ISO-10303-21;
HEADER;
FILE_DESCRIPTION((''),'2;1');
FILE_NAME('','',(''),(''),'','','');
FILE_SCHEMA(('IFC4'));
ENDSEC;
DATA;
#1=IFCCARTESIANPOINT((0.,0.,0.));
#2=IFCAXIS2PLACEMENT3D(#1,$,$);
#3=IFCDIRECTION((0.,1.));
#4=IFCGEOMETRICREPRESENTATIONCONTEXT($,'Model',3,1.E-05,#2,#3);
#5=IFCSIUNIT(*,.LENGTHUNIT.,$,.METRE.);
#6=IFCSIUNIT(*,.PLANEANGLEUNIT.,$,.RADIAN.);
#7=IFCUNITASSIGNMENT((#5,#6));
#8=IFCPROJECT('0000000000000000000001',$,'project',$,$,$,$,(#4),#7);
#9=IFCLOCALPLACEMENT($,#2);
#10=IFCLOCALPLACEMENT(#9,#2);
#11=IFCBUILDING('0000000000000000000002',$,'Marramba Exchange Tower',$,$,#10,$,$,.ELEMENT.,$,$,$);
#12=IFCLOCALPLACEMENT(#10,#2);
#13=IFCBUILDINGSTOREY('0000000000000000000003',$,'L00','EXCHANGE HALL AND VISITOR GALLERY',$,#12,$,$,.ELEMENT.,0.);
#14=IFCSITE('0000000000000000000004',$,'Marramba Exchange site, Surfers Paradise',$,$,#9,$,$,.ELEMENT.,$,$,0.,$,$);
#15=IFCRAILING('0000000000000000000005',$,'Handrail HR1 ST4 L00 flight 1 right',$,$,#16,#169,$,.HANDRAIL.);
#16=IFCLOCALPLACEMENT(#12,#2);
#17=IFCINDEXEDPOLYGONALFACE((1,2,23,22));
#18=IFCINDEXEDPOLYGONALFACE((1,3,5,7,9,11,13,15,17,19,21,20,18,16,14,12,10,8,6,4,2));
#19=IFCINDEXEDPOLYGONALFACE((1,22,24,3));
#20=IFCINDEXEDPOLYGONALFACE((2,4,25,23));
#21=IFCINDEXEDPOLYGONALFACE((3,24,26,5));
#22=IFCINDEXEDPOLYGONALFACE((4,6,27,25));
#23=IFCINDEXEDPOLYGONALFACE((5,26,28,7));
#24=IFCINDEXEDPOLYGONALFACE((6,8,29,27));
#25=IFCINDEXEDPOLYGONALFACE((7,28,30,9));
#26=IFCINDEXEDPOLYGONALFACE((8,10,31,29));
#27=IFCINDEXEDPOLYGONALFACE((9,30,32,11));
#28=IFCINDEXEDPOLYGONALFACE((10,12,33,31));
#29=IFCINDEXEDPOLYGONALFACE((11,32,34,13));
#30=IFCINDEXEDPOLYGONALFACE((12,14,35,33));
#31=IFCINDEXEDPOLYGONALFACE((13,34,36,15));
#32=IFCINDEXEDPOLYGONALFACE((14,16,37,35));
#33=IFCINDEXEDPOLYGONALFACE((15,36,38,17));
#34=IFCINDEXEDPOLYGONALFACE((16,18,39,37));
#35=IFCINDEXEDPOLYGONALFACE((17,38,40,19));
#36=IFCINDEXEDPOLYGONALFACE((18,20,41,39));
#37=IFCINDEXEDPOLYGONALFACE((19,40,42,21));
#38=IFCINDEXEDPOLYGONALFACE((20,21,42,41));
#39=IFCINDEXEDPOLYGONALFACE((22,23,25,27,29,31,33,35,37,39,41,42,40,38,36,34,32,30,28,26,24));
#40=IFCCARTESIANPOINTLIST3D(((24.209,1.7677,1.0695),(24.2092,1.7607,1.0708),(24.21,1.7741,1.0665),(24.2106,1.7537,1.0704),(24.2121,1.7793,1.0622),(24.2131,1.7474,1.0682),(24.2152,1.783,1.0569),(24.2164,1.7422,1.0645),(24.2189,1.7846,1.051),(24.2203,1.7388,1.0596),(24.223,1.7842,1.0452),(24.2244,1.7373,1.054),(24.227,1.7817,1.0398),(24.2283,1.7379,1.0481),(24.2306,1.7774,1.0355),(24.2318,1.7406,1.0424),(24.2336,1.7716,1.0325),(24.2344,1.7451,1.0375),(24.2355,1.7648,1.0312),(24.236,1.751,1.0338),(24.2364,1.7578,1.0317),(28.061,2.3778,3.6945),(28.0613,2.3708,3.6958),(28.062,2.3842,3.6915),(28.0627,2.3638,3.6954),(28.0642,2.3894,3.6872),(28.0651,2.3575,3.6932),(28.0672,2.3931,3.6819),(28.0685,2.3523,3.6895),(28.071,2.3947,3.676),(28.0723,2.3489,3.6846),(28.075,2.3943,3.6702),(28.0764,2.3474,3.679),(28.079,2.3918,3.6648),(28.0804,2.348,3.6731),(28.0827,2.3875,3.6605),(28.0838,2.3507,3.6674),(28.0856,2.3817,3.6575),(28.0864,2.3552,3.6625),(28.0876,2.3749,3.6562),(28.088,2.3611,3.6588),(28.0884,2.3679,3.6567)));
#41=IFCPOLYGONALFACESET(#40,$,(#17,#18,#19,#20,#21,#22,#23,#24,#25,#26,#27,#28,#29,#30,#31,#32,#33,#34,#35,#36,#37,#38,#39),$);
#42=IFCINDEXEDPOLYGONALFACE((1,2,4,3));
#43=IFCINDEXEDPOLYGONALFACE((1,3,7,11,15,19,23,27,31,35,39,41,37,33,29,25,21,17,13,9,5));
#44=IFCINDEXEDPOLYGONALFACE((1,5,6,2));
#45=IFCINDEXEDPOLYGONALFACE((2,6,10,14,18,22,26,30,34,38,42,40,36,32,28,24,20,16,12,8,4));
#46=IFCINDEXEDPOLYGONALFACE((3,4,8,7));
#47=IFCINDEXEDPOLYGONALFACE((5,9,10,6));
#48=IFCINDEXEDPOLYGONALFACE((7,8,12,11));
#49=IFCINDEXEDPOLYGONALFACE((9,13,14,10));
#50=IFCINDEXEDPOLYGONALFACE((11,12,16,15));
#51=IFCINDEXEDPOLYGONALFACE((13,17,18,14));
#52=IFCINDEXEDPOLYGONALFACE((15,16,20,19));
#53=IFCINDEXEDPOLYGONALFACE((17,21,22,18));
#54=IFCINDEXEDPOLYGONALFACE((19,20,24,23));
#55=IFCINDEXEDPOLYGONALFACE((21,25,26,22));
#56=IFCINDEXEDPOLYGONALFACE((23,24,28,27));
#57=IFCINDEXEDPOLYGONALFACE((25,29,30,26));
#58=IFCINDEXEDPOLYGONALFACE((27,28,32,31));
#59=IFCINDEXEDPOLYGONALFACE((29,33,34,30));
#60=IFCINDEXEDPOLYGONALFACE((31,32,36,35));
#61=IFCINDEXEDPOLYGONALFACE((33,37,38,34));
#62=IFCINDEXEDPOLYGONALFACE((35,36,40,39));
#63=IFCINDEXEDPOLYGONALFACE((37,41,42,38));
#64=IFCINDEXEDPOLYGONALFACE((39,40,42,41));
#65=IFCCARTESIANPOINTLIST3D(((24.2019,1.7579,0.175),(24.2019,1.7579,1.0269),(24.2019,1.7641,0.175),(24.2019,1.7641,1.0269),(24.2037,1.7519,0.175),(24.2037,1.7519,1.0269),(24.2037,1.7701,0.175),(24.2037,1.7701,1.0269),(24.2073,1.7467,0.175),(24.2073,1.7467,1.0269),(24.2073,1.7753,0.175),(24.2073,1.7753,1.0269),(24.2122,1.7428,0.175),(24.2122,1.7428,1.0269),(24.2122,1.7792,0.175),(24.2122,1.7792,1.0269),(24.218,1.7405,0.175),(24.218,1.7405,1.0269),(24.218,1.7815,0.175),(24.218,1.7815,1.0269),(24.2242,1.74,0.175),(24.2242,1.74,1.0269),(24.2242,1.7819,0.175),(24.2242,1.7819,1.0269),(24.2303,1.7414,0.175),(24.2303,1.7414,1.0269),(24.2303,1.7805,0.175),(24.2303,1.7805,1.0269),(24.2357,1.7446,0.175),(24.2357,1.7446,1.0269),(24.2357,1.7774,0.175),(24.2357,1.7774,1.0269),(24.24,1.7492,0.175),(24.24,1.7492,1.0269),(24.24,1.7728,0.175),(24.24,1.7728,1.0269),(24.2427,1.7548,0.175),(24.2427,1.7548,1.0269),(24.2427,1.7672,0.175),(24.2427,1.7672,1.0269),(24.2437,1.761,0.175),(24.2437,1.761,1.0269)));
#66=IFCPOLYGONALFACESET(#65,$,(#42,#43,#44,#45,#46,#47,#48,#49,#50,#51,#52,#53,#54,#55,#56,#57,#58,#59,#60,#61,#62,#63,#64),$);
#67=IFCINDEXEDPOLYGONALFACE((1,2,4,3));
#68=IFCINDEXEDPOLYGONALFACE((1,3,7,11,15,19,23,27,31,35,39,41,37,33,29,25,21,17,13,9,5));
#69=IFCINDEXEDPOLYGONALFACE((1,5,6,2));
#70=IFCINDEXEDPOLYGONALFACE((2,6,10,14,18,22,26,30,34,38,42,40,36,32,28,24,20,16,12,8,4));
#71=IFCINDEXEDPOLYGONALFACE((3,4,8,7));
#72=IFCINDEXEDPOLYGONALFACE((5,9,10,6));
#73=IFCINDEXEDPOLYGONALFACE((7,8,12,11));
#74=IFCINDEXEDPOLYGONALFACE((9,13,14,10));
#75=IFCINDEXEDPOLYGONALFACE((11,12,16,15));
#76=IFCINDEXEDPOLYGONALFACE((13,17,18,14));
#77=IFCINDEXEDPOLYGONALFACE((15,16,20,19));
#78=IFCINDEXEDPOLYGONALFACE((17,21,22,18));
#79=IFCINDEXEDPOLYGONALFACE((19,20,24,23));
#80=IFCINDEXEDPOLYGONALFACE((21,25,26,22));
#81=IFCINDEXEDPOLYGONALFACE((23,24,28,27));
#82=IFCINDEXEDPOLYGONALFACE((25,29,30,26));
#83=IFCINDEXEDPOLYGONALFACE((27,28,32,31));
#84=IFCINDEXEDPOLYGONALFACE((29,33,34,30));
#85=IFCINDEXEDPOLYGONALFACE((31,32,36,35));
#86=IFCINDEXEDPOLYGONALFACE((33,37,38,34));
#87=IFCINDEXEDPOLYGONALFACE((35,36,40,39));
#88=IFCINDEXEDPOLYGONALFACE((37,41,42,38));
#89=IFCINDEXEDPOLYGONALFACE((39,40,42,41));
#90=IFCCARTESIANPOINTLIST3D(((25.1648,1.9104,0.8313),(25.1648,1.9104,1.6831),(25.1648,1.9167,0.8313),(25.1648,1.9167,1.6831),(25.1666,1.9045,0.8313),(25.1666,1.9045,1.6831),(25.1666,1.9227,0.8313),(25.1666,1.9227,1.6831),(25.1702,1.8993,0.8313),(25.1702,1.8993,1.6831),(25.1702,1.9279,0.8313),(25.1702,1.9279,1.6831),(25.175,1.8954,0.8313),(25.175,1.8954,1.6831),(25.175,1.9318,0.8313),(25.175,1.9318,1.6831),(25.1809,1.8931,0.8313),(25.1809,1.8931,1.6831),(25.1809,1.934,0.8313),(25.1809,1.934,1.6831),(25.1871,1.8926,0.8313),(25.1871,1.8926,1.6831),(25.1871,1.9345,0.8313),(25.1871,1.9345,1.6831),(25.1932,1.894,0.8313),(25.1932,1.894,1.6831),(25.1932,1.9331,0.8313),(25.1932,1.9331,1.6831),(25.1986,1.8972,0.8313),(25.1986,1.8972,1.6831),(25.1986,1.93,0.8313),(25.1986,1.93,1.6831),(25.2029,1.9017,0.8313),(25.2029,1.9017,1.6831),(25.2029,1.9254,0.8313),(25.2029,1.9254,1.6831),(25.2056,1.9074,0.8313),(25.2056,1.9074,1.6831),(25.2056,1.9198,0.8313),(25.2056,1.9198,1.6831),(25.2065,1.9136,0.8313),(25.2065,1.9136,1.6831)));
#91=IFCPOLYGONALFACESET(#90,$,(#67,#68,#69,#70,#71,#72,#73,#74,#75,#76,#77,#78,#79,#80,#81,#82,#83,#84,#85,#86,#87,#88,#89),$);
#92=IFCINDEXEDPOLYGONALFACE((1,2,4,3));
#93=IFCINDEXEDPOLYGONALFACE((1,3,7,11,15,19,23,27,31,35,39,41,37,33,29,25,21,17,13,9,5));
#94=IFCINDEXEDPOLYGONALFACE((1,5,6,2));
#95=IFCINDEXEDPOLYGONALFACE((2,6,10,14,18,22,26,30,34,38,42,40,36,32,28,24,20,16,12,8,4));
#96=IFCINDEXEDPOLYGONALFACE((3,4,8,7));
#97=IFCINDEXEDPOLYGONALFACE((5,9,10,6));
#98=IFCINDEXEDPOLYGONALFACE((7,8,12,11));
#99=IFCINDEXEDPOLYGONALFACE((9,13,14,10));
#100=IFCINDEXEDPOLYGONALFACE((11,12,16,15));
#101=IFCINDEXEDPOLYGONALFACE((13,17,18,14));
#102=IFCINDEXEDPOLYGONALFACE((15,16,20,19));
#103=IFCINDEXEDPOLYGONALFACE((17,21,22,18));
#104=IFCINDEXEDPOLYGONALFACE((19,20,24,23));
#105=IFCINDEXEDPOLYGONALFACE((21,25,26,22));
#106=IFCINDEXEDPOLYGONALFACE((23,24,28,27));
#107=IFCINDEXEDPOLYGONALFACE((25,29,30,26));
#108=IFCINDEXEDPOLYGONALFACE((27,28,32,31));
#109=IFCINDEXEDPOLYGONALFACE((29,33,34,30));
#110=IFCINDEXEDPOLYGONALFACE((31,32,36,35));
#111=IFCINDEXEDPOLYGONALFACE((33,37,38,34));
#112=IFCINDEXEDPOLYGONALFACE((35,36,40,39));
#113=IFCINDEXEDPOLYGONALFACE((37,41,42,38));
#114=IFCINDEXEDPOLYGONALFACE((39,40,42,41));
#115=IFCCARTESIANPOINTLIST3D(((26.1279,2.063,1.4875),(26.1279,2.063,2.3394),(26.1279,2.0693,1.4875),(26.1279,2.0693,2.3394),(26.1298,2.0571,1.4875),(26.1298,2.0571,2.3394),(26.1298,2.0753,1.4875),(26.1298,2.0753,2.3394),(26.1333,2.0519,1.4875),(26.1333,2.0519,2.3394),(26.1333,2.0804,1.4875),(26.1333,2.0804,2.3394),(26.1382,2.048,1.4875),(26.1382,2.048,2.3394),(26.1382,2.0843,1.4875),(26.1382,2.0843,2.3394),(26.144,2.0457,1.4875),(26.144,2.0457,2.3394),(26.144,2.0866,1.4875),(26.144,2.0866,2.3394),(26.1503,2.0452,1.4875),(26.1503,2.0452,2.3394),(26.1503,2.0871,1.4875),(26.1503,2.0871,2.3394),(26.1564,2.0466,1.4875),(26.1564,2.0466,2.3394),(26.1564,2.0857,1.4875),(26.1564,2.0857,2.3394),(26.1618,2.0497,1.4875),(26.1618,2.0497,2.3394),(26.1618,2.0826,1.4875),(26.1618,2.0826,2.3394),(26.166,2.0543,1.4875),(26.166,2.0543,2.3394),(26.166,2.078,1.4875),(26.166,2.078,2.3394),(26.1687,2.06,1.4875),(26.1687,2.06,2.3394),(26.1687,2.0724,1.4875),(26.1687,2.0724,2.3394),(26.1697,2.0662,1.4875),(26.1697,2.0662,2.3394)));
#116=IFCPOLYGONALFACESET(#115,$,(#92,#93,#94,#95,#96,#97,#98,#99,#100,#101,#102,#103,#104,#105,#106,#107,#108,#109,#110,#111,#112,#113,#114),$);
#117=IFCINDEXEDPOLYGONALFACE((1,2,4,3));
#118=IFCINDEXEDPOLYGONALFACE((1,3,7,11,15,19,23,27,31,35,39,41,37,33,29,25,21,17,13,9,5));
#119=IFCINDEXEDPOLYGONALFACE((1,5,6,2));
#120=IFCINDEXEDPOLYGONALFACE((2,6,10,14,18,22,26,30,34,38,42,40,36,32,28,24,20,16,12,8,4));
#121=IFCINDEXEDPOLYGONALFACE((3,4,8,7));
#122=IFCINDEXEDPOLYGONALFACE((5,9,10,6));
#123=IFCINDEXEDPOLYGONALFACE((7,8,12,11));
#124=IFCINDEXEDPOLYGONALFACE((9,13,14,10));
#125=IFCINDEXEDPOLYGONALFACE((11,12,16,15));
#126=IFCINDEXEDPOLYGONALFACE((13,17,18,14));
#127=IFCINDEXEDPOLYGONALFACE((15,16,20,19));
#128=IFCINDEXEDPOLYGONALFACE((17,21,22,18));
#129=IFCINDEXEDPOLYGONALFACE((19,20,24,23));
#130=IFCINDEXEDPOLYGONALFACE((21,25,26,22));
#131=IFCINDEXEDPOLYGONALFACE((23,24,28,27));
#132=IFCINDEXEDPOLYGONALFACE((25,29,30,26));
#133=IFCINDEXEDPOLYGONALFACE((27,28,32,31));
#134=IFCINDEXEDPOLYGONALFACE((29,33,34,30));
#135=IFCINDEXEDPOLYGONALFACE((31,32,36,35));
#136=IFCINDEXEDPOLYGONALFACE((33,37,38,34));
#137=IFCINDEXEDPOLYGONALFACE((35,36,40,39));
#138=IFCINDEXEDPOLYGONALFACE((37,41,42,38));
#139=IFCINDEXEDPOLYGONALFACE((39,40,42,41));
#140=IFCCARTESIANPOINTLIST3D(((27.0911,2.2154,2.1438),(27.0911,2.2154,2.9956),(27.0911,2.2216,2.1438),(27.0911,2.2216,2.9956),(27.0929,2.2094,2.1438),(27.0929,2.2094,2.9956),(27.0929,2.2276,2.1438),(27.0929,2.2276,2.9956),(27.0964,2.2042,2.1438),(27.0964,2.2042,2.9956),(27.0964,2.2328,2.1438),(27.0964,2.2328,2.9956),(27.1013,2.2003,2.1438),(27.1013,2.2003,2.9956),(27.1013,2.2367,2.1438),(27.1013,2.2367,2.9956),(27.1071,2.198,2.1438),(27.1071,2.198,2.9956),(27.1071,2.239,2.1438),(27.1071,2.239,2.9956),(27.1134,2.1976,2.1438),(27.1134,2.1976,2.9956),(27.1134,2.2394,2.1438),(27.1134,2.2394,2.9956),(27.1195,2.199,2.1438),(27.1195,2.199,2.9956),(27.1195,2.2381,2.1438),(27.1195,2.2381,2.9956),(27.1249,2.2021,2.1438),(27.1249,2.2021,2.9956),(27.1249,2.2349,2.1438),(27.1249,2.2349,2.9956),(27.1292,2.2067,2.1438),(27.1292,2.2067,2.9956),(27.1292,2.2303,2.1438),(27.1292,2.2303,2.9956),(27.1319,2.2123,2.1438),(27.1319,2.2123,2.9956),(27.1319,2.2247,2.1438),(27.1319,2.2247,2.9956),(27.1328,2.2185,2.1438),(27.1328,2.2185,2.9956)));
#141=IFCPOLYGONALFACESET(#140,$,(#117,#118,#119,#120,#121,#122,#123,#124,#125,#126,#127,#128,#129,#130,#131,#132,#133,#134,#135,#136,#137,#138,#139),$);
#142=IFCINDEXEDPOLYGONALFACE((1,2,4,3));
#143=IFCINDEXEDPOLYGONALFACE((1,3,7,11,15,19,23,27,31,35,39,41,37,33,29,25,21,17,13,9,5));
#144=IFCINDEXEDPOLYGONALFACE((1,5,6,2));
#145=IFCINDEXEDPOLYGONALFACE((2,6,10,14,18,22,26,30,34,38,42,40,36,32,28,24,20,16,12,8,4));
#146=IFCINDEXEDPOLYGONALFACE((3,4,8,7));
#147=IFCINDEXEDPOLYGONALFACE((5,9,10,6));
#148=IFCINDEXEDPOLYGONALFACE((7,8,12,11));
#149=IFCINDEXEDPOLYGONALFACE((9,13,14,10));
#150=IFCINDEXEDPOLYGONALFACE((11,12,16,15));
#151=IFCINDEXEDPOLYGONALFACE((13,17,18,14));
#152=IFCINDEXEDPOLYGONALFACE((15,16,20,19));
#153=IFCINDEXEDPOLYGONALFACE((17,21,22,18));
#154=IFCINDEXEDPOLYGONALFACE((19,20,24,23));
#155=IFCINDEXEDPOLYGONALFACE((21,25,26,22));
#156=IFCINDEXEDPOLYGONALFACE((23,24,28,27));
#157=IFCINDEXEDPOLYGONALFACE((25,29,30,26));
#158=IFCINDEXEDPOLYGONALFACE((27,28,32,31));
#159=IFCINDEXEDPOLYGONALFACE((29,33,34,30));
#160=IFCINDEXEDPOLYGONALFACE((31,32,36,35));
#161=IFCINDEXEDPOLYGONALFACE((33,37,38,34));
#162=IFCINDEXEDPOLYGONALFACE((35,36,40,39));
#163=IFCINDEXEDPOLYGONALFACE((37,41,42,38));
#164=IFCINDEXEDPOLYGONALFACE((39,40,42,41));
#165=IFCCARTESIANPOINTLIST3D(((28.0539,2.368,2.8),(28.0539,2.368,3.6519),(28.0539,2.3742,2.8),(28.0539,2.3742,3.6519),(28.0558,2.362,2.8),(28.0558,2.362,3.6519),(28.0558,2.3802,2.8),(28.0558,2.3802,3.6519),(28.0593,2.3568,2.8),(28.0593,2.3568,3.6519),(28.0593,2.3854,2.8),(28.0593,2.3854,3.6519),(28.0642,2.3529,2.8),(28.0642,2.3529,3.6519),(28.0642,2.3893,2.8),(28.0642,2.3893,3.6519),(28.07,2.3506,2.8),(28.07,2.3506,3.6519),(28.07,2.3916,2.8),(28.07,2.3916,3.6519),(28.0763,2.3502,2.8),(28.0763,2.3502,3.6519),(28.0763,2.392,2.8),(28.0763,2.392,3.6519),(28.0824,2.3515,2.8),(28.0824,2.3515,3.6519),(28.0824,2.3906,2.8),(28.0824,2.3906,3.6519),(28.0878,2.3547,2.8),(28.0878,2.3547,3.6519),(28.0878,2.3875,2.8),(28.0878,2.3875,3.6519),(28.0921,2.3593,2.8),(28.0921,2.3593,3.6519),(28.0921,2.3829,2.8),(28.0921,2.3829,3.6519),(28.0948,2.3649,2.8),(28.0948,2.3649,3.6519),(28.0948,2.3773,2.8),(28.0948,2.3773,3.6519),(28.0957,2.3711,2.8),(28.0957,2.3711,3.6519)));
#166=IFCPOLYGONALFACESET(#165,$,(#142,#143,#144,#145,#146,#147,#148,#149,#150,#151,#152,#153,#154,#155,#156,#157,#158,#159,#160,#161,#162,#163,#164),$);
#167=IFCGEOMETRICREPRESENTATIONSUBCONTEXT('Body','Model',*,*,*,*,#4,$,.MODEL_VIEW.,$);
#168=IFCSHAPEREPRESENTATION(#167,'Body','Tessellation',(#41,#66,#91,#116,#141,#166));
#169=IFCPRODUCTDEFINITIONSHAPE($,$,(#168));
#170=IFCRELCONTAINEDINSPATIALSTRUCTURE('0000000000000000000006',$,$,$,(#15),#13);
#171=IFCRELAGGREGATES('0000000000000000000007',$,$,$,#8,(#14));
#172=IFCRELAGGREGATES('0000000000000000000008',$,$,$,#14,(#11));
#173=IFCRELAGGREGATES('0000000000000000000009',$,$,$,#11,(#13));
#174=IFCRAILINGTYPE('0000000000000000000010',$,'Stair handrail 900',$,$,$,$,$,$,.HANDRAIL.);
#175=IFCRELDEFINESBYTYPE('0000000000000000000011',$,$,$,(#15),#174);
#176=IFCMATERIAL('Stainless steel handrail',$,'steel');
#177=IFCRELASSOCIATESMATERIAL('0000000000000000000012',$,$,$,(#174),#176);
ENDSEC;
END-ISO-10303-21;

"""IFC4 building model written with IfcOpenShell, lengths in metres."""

from ifc_helpers import new_model, si_unit, direction, frame, origin, origin_2d, place, context, subcontext, project, spatial, circle, extrude, material, type_object, element, save


model = new_model("IFC4")

# Units and contexts
model_context = context("Model", 3, precision=1e-05, world=origin(), true_north=direction((0.0, 1.0)))
body_context = subcontext(model_context, "Body", "Model", "MODEL_VIEW")
ifc_project = project(units=[si_unit("LENGTHUNIT", "METRE"), si_unit("PLANEANGLEUNIT", "RADIAN")], contexts=[model_context])

# Site, building, storey
site_placement = place(None, origin())
site = spatial("IfcSite", under=ifc_project, at=site_placement, Name="Marramba Exchange site, Surfers Paradise", CompositionType="ELEMENT", RefElevation=0.0)
building_placement = place(site_placement, origin())
building = spatial("IfcBuilding", under=site, at=building_placement, Name="Marramba Exchange Tower", CompositionType="ELEMENT")
storey_placement = place(building_placement, origin())
storey = spatial("IfcBuildingStorey", under=building, at=storey_placement, Name="L00", Description="EXCHANGE HALL AND VISITOR GALLERY", CompositionType="ELEMENT", Elevation=0.0)

# Railing
ifc_material_1 = material(Name="Stainless steel handrail", Category="steel")
railing_type = type_object("IfcRailingType", Name="Stair handrail 900", PredefinedType="HANDRAIL", material=ifc_material_1)
railing_1_placement = place(storey_placement, frame((24.2227, 1.761, 0.175)))
element("IfcRailing", 1, at=railing_1_placement, inside=storey, type_object=railing_type, Name="Handrail HR1 ST4 L00 flight 1 right", PredefinedType="HANDRAIL", context=body_context, shape_type="SweptSolid", body=[
    extrude(circle(Radius=0.0239, at=origin_2d()), frame((0.0, 0.0, 0.876), z_axis=(0.819378, 0.129777, 0.55837), x_axis=(-0.156435, 0.987688, 0.0)), (0.0, 0.0, 1.0), 4.7012),
    extrude(circle(Radius=0.021, at=origin_2d()), origin(), (0.0, 0.0, 1.0), 0.8518),
    extrude(circle(Radius=0.021, at=origin_2d()), frame((0.9629, 0.1526, 0.6562)), (0.0, 0.0, 1.0), 0.8518),
    extrude(circle(Radius=0.021, at=origin_2d()), frame((1.926, 0.3052, 1.3125)), (0.0, 0.0, 1.0), 0.8518),
    extrude(circle(Radius=0.021, at=origin_2d()), frame((2.8892, 0.4575, 1.9688)), (0.0, 0.0, 1.0), 0.8518),
    extrude(circle(Radius=0.021, at=origin_2d()), frame((3.8521, 0.6101, 2.625)), (0.0, 0.0, 1.0), 0.8518),
])

save(model, "model.ifc")
